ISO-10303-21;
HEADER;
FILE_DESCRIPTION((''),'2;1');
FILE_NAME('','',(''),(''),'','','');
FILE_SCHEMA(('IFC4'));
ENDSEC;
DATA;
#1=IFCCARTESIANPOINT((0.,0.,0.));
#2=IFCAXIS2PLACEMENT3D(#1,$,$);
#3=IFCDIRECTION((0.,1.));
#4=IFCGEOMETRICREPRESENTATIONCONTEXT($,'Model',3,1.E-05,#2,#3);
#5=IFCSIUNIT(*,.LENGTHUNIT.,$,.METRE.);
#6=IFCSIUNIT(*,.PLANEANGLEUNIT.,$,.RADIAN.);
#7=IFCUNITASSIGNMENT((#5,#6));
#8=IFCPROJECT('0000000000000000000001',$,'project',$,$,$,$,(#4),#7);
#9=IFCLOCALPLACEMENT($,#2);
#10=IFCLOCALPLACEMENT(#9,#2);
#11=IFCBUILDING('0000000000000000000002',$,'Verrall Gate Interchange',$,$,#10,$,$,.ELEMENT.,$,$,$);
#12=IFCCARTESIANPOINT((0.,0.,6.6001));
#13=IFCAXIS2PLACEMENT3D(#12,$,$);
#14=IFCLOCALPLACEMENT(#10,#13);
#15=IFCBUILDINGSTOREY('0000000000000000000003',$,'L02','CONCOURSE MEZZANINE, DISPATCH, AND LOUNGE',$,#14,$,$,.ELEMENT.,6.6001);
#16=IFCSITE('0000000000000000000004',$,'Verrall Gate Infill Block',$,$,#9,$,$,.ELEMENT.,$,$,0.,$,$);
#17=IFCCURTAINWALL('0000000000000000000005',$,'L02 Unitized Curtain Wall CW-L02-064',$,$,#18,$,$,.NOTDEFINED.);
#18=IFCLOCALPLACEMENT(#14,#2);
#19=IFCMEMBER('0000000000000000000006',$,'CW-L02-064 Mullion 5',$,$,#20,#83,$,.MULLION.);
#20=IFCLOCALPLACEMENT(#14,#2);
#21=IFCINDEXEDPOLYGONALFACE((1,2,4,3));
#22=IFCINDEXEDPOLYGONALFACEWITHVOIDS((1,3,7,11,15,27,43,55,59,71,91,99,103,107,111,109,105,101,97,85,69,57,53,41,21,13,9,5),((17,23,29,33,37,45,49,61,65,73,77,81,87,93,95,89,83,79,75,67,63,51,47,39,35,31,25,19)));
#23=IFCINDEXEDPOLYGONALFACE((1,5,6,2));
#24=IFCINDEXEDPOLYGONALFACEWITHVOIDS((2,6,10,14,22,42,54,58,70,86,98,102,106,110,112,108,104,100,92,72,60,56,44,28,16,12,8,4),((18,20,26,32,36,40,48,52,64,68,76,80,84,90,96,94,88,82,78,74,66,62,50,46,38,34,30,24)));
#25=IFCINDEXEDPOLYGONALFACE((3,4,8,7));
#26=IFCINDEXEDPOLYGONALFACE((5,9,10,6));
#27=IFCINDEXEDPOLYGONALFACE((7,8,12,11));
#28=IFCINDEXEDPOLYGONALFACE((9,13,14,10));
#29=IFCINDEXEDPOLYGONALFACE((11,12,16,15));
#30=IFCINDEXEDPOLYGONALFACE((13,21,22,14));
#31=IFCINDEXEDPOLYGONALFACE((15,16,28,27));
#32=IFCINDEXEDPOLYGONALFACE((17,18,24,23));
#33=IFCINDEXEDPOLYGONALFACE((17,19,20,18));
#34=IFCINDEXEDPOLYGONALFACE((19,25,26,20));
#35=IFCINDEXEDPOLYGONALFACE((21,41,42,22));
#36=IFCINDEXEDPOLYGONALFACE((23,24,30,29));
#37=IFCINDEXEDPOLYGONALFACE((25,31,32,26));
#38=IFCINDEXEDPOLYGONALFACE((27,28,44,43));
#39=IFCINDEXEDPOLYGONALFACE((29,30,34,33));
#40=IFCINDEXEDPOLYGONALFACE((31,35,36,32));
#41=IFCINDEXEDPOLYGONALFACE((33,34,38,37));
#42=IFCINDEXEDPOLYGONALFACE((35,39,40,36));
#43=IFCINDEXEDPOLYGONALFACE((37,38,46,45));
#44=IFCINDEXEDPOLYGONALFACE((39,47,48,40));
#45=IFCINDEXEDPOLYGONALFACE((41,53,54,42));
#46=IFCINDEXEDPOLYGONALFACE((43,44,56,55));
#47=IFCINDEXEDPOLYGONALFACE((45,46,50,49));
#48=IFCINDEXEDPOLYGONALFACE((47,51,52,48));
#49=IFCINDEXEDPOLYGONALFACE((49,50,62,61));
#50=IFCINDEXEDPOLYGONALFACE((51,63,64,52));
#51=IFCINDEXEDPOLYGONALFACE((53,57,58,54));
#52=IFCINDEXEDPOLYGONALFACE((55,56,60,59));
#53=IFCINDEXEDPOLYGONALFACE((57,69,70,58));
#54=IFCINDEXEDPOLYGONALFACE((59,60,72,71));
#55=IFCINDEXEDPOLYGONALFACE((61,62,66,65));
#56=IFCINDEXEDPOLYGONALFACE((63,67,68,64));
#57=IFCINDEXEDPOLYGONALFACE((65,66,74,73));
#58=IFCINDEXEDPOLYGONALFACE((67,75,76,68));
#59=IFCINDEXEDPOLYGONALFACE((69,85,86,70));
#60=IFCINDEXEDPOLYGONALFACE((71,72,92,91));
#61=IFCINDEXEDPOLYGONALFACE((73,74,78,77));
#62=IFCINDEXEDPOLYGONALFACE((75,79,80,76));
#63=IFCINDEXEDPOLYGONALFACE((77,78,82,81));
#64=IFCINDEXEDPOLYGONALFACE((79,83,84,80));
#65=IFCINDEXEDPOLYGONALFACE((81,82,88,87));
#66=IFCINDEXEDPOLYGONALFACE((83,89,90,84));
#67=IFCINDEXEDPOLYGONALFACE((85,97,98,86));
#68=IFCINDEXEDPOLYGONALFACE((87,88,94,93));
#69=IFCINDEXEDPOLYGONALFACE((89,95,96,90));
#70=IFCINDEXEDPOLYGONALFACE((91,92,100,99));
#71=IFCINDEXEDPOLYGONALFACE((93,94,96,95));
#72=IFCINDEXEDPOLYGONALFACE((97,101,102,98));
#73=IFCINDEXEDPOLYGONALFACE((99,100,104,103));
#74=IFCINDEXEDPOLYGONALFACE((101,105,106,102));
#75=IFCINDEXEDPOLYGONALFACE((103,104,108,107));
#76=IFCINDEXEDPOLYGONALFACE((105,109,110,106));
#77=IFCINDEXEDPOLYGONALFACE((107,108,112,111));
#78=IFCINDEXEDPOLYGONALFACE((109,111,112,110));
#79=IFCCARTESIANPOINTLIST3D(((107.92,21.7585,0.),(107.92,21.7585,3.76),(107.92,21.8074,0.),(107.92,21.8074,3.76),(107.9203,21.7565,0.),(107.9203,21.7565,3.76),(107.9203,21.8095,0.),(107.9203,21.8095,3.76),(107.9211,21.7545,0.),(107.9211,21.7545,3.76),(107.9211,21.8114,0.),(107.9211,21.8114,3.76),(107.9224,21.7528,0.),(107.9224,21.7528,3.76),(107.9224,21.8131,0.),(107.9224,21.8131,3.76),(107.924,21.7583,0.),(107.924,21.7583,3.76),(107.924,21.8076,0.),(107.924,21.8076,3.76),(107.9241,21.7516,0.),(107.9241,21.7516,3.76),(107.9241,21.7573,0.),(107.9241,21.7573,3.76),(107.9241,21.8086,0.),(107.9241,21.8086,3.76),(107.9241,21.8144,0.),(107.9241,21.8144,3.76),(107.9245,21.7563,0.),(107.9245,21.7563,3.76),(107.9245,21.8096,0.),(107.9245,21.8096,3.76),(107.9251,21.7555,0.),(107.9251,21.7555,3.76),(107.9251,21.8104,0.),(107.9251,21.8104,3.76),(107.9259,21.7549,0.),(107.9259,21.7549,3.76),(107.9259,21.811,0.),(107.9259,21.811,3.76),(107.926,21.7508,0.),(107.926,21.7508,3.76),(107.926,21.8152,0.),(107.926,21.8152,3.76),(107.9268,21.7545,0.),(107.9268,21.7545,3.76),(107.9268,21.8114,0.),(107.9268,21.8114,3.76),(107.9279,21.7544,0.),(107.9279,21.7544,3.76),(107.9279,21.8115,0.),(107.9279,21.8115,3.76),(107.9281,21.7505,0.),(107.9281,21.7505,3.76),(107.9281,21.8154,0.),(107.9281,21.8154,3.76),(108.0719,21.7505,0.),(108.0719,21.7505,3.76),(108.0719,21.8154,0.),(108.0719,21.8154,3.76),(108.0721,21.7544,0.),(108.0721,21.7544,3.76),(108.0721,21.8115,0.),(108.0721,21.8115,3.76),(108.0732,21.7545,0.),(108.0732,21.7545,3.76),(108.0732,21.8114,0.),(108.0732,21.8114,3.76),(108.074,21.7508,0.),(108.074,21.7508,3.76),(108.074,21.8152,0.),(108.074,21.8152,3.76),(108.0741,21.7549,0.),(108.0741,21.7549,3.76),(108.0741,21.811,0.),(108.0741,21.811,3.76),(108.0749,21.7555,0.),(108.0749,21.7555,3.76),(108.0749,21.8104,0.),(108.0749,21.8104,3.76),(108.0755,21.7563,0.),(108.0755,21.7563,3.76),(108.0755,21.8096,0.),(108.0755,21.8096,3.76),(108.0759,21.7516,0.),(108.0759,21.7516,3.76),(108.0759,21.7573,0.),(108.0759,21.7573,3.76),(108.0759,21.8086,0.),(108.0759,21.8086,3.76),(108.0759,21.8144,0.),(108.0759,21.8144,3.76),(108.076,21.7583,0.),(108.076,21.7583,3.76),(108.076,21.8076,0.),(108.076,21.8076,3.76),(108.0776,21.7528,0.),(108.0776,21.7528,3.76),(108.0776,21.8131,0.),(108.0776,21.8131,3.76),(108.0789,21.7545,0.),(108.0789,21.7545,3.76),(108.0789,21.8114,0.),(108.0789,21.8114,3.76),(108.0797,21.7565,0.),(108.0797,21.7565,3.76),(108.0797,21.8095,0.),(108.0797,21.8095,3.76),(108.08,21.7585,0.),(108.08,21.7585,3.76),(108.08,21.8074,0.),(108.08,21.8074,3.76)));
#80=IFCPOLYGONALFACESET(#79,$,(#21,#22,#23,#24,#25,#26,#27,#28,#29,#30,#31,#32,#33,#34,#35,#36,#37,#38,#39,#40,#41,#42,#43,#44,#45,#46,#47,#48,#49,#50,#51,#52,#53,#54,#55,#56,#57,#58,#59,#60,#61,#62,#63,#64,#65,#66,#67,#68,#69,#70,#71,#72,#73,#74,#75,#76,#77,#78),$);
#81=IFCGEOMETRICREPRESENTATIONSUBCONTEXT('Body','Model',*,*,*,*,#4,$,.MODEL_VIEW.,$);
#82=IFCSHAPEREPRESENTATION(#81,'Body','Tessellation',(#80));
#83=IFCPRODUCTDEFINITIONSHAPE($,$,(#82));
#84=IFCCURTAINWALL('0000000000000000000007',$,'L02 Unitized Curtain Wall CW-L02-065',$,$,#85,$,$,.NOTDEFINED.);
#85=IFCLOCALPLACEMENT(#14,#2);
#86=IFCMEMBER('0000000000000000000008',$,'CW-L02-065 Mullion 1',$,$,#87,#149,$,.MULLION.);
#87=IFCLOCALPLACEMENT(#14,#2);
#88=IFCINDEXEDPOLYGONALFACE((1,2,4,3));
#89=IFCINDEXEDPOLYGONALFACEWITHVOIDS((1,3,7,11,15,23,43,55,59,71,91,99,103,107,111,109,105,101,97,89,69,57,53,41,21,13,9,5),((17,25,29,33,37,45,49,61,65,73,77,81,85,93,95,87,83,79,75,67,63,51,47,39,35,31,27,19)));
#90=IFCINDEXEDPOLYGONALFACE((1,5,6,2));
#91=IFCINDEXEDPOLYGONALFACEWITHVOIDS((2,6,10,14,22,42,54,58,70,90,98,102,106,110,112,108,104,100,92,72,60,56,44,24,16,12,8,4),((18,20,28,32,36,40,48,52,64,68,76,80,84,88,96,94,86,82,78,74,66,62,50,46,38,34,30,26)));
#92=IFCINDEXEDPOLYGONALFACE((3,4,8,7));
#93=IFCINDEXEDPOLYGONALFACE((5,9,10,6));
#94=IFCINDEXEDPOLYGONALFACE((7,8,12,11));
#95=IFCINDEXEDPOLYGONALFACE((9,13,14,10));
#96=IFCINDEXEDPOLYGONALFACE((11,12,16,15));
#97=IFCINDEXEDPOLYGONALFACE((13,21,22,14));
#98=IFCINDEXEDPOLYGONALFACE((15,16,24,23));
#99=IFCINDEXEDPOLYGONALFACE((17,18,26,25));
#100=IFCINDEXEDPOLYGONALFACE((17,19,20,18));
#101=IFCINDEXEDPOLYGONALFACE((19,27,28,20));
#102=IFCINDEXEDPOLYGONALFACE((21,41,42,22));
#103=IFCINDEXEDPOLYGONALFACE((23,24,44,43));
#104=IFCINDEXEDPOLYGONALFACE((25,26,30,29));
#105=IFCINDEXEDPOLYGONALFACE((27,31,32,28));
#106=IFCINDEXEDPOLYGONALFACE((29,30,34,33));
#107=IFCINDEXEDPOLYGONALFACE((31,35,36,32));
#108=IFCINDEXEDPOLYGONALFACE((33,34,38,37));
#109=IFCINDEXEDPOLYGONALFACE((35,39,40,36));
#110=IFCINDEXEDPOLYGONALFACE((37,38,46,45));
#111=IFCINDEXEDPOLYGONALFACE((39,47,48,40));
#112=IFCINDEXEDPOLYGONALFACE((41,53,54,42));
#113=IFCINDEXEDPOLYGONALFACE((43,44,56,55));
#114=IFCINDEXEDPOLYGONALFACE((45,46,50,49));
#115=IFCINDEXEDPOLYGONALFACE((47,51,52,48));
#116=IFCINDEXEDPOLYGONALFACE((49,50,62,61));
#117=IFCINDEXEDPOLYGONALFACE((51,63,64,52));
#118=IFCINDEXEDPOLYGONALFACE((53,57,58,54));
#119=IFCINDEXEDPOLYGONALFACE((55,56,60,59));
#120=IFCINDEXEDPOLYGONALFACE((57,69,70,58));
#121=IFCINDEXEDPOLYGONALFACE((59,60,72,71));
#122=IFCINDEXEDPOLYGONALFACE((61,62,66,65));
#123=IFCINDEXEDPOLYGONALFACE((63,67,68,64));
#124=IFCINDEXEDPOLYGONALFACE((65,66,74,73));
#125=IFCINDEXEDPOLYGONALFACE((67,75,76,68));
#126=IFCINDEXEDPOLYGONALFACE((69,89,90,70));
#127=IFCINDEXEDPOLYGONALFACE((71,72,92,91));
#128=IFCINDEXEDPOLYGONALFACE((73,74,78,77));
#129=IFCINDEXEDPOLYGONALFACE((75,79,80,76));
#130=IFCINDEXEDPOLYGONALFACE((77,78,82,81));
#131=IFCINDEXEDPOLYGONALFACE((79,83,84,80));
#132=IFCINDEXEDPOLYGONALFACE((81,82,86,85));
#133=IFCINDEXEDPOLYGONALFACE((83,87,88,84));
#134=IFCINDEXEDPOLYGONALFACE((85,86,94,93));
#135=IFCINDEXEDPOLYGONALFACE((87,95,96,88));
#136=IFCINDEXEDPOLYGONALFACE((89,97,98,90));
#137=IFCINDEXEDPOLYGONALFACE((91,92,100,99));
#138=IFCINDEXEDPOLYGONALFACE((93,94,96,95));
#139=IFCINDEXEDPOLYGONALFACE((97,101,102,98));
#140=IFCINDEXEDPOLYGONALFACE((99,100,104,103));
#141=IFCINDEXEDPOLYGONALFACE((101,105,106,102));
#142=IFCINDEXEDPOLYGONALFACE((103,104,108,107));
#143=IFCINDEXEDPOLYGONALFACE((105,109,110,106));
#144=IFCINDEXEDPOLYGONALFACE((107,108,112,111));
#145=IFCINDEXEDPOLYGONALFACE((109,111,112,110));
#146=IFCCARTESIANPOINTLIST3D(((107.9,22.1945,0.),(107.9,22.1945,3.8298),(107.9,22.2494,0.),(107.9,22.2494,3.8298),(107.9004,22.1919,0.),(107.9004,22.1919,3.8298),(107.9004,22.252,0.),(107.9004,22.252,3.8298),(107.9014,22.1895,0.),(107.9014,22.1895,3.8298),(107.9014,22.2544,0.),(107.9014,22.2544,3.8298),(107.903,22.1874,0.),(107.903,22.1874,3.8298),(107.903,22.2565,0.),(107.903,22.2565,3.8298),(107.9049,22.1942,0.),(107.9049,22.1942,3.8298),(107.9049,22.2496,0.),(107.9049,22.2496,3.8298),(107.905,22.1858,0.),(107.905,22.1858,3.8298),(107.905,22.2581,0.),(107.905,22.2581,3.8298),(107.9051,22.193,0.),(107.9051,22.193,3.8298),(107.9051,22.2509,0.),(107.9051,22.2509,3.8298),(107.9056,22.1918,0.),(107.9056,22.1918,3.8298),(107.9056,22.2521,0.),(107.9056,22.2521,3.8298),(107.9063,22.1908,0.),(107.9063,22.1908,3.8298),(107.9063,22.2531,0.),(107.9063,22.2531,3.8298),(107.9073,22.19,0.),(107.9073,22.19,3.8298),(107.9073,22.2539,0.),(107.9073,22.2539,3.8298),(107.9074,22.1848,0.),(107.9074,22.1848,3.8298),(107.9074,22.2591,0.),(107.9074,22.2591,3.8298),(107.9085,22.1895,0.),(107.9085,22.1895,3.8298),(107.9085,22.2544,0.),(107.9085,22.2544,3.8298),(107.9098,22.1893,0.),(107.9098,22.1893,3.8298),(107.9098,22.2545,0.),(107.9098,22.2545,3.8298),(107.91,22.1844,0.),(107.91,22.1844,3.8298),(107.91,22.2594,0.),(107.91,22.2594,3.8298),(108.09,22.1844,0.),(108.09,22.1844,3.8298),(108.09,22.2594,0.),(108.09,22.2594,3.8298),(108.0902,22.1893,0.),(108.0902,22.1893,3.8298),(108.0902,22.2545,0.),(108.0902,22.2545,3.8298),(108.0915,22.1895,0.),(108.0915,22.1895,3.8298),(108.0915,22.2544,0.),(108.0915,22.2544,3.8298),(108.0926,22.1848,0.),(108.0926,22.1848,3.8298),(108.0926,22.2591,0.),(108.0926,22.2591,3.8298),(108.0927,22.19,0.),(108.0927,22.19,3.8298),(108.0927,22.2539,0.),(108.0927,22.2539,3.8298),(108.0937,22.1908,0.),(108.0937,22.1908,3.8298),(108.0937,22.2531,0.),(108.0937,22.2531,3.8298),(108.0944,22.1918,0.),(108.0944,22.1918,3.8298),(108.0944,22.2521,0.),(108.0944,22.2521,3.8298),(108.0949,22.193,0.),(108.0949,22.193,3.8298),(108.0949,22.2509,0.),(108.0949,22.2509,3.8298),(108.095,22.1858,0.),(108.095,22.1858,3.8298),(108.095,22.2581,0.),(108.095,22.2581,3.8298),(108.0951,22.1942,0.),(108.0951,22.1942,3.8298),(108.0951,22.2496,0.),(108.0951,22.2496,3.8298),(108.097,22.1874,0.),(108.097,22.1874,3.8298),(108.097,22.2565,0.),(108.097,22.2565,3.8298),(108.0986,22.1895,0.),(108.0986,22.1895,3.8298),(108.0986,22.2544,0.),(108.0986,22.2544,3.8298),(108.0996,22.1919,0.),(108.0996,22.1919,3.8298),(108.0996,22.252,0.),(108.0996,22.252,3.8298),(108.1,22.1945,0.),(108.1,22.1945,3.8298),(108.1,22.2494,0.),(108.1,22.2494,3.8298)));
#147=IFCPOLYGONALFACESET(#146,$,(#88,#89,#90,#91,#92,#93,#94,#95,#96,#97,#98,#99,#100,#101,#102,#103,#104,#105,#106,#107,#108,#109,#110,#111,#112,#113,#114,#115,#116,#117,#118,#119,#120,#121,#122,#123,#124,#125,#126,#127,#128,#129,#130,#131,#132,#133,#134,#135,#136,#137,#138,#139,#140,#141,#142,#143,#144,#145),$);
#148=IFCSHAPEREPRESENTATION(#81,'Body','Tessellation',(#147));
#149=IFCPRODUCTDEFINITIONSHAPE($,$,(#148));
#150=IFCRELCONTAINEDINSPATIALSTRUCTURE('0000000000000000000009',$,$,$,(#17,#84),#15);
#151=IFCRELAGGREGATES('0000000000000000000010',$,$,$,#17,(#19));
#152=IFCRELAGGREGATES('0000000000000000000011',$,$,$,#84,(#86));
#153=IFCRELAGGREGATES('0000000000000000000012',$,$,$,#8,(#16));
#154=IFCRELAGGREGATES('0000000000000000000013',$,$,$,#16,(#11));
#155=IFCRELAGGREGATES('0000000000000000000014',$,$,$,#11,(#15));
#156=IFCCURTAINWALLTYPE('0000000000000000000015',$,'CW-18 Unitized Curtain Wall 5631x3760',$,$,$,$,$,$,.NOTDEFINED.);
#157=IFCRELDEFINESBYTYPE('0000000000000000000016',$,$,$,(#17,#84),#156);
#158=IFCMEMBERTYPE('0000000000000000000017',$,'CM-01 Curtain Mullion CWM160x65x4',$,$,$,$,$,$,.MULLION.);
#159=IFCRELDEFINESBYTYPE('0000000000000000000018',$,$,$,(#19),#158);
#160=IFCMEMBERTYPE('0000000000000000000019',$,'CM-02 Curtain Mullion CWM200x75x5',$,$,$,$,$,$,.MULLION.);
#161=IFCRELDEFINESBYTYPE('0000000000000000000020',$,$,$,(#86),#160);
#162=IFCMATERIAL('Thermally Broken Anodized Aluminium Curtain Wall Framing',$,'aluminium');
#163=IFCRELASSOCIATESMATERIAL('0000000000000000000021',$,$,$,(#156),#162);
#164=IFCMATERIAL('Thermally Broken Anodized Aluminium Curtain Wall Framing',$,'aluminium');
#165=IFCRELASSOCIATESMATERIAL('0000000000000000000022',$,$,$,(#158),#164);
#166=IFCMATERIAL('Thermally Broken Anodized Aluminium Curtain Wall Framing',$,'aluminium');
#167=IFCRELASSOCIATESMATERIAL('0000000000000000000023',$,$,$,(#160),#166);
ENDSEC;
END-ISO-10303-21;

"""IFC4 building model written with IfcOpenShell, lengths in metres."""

from ifc_helpers import new_model, si_unit, direction, frame, origin, origin_2d, place, context, subcontext, project, spatial, hollow_rectangle, extrude, material, material_profile, profile_set, type_object, element, aggregate, save


model = new_model("IFC4")

# Units and contexts
model_context = context("Model", 3, precision=1e-05, world=origin(), true_north=direction((0.0, 1.0)))
body_context = subcontext(model_context, "Body", "Model", "MODEL_VIEW")
ifc_project = project(units=[si_unit("LENGTHUNIT", "METRE"), si_unit("PLANEANGLEUNIT", "RADIAN")], contexts=[model_context])

# Site, building, storey
site_placement = place(None, origin())
site = spatial("IfcSite", under=ifc_project, at=site_placement, Name="Verrall Gate Infill Block", CompositionType="ELEMENT", RefElevation=0.0)
building_placement = place(site_placement, origin())
building = spatial("IfcBuilding", under=site, at=building_placement, Name="Verrall Gate Interchange", CompositionType="ELEMENT")
storey_placement = place(building_placement, frame((0.0, 0.0, 6.6001)))
storey = spatial("IfcBuildingStorey", under=building, at=storey_placement, Name="L02", Description="CONCOURSE MEZZANINE, DISPATCH, AND LOUNGE", CompositionType="ELEMENT", Elevation=6.6001)

# Curtain walls, members
ifc_material_1 = material(Name="Thermally Broken Anodized Aluminium Curtain Wall Framing", Category="aluminium")
curtain_wall_type = type_object("IfcCurtainWallType", Name="CW-18 Unitized Curtain Wall 5631x3760", PredefinedType="NOTDEFINED", material=ifc_material_1)
curtain_wall_1_placement = place(storey_placement, origin())
curtain_wall_1 = element("IfcCurtainWall", 1, at=curtain_wall_1_placement, inside=storey, type_object=curtain_wall_type, Name="L02 Unitized Curtain Wall CW-L02-064", PredefinedType="NOTDEFINED")
ifc_material_2 = material(Name="Thermally Broken Anodized Aluminium Curtain Wall Framing", Category="aluminium")
ifc_material_profile_1 = material_profile(ifc_material_2, hollow_rectangle(XDim=0.0649, YDim=0.1599, WallThickness=0.0039, InnerFilletRadius=0.0039, OuterFilletRadius=0.0081, at=origin_2d()), Name="CWM160x65x4")
ifc_profile_set_1 = profile_set([ifc_material_profile_1], Name="Thermally Broken Anodized Aluminium Curtain Wall Framing")
member_type_1 = type_object("IfcMemberType", Name="CM-01 Curtain Mullion CWM160x65x4", PredefinedType="MULLION", material=ifc_profile_set_1)
member_1_placement = place(storey_placement, frame((108.0, 21.783, 0.0), z_axis=(0.0, 0.0, 1.0), x_axis=(0.0, 1.0, 0.0)))
member_1 = element("IfcMember", 2, at=member_1_placement, type_object=member_type_1, Name="CW-L02-064 Mullion 5", PredefinedType="MULLION", context=body_context, shape_type="SweptSolid", body=[
    extrude(hollow_rectangle(XDim=0.0649, YDim=0.1599, WallThickness=0.0039, InnerFilletRadius=0.0039, OuterFilletRadius=0.0081, at=origin_2d()), origin(), (0.0, 0.0, 1.0), 3.76),
])
curtain_wall_2_placement = place(storey_placement, origin())
curtain_wall_2 = element("IfcCurtainWall", 3, at=curtain_wall_2_placement, inside=storey, type_object=curtain_wall_type, Name="L02 Unitized Curtain Wall CW-L02-065", PredefinedType="NOTDEFINED")
ifc_material_3 = material(Name="Thermally Broken Anodized Aluminium Curtain Wall Framing", Category="aluminium")
ifc_material_profile_2 = material_profile(ifc_material_3, hollow_rectangle(XDim=0.075, YDim=0.2, WallThickness=0.0049, InnerFilletRadius=0.0049, OuterFilletRadius=0.01, at=origin_2d()), Name="CWM200x75x5")
ifc_profile_set_2 = profile_set([ifc_material_profile_2], Name="Thermally Broken Anodized Aluminium Curtain Wall Framing")
member_type_2 = type_object("IfcMemberType", Name="CM-02 Curtain Mullion CWM200x75x5", PredefinedType="MULLION", material=ifc_profile_set_2)
member_2_placement = place(storey_placement, frame((108.0, 22.2219, 0.0), z_axis=(0.0, 0.0, 1.0), x_axis=(0.0, 1.0, 0.0)))
member_2 = element("IfcMember", 4, at=member_2_placement, type_object=member_type_2, Name="CW-L02-065 Mullion 1", PredefinedType="MULLION", context=body_context, shape_type="SweptSolid", body=[
    extrude(hollow_rectangle(XDim=0.075, YDim=0.2, WallThickness=0.0049, InnerFilletRadius=0.0049, OuterFilletRadius=0.01, at=origin_2d()), origin(), (0.0, 0.0, 1.0), 3.8298),
])

aggregate(curtain_wall_1, [member_1])
aggregate(curtain_wall_2, [member_2])

save(model, "model.ifc")
